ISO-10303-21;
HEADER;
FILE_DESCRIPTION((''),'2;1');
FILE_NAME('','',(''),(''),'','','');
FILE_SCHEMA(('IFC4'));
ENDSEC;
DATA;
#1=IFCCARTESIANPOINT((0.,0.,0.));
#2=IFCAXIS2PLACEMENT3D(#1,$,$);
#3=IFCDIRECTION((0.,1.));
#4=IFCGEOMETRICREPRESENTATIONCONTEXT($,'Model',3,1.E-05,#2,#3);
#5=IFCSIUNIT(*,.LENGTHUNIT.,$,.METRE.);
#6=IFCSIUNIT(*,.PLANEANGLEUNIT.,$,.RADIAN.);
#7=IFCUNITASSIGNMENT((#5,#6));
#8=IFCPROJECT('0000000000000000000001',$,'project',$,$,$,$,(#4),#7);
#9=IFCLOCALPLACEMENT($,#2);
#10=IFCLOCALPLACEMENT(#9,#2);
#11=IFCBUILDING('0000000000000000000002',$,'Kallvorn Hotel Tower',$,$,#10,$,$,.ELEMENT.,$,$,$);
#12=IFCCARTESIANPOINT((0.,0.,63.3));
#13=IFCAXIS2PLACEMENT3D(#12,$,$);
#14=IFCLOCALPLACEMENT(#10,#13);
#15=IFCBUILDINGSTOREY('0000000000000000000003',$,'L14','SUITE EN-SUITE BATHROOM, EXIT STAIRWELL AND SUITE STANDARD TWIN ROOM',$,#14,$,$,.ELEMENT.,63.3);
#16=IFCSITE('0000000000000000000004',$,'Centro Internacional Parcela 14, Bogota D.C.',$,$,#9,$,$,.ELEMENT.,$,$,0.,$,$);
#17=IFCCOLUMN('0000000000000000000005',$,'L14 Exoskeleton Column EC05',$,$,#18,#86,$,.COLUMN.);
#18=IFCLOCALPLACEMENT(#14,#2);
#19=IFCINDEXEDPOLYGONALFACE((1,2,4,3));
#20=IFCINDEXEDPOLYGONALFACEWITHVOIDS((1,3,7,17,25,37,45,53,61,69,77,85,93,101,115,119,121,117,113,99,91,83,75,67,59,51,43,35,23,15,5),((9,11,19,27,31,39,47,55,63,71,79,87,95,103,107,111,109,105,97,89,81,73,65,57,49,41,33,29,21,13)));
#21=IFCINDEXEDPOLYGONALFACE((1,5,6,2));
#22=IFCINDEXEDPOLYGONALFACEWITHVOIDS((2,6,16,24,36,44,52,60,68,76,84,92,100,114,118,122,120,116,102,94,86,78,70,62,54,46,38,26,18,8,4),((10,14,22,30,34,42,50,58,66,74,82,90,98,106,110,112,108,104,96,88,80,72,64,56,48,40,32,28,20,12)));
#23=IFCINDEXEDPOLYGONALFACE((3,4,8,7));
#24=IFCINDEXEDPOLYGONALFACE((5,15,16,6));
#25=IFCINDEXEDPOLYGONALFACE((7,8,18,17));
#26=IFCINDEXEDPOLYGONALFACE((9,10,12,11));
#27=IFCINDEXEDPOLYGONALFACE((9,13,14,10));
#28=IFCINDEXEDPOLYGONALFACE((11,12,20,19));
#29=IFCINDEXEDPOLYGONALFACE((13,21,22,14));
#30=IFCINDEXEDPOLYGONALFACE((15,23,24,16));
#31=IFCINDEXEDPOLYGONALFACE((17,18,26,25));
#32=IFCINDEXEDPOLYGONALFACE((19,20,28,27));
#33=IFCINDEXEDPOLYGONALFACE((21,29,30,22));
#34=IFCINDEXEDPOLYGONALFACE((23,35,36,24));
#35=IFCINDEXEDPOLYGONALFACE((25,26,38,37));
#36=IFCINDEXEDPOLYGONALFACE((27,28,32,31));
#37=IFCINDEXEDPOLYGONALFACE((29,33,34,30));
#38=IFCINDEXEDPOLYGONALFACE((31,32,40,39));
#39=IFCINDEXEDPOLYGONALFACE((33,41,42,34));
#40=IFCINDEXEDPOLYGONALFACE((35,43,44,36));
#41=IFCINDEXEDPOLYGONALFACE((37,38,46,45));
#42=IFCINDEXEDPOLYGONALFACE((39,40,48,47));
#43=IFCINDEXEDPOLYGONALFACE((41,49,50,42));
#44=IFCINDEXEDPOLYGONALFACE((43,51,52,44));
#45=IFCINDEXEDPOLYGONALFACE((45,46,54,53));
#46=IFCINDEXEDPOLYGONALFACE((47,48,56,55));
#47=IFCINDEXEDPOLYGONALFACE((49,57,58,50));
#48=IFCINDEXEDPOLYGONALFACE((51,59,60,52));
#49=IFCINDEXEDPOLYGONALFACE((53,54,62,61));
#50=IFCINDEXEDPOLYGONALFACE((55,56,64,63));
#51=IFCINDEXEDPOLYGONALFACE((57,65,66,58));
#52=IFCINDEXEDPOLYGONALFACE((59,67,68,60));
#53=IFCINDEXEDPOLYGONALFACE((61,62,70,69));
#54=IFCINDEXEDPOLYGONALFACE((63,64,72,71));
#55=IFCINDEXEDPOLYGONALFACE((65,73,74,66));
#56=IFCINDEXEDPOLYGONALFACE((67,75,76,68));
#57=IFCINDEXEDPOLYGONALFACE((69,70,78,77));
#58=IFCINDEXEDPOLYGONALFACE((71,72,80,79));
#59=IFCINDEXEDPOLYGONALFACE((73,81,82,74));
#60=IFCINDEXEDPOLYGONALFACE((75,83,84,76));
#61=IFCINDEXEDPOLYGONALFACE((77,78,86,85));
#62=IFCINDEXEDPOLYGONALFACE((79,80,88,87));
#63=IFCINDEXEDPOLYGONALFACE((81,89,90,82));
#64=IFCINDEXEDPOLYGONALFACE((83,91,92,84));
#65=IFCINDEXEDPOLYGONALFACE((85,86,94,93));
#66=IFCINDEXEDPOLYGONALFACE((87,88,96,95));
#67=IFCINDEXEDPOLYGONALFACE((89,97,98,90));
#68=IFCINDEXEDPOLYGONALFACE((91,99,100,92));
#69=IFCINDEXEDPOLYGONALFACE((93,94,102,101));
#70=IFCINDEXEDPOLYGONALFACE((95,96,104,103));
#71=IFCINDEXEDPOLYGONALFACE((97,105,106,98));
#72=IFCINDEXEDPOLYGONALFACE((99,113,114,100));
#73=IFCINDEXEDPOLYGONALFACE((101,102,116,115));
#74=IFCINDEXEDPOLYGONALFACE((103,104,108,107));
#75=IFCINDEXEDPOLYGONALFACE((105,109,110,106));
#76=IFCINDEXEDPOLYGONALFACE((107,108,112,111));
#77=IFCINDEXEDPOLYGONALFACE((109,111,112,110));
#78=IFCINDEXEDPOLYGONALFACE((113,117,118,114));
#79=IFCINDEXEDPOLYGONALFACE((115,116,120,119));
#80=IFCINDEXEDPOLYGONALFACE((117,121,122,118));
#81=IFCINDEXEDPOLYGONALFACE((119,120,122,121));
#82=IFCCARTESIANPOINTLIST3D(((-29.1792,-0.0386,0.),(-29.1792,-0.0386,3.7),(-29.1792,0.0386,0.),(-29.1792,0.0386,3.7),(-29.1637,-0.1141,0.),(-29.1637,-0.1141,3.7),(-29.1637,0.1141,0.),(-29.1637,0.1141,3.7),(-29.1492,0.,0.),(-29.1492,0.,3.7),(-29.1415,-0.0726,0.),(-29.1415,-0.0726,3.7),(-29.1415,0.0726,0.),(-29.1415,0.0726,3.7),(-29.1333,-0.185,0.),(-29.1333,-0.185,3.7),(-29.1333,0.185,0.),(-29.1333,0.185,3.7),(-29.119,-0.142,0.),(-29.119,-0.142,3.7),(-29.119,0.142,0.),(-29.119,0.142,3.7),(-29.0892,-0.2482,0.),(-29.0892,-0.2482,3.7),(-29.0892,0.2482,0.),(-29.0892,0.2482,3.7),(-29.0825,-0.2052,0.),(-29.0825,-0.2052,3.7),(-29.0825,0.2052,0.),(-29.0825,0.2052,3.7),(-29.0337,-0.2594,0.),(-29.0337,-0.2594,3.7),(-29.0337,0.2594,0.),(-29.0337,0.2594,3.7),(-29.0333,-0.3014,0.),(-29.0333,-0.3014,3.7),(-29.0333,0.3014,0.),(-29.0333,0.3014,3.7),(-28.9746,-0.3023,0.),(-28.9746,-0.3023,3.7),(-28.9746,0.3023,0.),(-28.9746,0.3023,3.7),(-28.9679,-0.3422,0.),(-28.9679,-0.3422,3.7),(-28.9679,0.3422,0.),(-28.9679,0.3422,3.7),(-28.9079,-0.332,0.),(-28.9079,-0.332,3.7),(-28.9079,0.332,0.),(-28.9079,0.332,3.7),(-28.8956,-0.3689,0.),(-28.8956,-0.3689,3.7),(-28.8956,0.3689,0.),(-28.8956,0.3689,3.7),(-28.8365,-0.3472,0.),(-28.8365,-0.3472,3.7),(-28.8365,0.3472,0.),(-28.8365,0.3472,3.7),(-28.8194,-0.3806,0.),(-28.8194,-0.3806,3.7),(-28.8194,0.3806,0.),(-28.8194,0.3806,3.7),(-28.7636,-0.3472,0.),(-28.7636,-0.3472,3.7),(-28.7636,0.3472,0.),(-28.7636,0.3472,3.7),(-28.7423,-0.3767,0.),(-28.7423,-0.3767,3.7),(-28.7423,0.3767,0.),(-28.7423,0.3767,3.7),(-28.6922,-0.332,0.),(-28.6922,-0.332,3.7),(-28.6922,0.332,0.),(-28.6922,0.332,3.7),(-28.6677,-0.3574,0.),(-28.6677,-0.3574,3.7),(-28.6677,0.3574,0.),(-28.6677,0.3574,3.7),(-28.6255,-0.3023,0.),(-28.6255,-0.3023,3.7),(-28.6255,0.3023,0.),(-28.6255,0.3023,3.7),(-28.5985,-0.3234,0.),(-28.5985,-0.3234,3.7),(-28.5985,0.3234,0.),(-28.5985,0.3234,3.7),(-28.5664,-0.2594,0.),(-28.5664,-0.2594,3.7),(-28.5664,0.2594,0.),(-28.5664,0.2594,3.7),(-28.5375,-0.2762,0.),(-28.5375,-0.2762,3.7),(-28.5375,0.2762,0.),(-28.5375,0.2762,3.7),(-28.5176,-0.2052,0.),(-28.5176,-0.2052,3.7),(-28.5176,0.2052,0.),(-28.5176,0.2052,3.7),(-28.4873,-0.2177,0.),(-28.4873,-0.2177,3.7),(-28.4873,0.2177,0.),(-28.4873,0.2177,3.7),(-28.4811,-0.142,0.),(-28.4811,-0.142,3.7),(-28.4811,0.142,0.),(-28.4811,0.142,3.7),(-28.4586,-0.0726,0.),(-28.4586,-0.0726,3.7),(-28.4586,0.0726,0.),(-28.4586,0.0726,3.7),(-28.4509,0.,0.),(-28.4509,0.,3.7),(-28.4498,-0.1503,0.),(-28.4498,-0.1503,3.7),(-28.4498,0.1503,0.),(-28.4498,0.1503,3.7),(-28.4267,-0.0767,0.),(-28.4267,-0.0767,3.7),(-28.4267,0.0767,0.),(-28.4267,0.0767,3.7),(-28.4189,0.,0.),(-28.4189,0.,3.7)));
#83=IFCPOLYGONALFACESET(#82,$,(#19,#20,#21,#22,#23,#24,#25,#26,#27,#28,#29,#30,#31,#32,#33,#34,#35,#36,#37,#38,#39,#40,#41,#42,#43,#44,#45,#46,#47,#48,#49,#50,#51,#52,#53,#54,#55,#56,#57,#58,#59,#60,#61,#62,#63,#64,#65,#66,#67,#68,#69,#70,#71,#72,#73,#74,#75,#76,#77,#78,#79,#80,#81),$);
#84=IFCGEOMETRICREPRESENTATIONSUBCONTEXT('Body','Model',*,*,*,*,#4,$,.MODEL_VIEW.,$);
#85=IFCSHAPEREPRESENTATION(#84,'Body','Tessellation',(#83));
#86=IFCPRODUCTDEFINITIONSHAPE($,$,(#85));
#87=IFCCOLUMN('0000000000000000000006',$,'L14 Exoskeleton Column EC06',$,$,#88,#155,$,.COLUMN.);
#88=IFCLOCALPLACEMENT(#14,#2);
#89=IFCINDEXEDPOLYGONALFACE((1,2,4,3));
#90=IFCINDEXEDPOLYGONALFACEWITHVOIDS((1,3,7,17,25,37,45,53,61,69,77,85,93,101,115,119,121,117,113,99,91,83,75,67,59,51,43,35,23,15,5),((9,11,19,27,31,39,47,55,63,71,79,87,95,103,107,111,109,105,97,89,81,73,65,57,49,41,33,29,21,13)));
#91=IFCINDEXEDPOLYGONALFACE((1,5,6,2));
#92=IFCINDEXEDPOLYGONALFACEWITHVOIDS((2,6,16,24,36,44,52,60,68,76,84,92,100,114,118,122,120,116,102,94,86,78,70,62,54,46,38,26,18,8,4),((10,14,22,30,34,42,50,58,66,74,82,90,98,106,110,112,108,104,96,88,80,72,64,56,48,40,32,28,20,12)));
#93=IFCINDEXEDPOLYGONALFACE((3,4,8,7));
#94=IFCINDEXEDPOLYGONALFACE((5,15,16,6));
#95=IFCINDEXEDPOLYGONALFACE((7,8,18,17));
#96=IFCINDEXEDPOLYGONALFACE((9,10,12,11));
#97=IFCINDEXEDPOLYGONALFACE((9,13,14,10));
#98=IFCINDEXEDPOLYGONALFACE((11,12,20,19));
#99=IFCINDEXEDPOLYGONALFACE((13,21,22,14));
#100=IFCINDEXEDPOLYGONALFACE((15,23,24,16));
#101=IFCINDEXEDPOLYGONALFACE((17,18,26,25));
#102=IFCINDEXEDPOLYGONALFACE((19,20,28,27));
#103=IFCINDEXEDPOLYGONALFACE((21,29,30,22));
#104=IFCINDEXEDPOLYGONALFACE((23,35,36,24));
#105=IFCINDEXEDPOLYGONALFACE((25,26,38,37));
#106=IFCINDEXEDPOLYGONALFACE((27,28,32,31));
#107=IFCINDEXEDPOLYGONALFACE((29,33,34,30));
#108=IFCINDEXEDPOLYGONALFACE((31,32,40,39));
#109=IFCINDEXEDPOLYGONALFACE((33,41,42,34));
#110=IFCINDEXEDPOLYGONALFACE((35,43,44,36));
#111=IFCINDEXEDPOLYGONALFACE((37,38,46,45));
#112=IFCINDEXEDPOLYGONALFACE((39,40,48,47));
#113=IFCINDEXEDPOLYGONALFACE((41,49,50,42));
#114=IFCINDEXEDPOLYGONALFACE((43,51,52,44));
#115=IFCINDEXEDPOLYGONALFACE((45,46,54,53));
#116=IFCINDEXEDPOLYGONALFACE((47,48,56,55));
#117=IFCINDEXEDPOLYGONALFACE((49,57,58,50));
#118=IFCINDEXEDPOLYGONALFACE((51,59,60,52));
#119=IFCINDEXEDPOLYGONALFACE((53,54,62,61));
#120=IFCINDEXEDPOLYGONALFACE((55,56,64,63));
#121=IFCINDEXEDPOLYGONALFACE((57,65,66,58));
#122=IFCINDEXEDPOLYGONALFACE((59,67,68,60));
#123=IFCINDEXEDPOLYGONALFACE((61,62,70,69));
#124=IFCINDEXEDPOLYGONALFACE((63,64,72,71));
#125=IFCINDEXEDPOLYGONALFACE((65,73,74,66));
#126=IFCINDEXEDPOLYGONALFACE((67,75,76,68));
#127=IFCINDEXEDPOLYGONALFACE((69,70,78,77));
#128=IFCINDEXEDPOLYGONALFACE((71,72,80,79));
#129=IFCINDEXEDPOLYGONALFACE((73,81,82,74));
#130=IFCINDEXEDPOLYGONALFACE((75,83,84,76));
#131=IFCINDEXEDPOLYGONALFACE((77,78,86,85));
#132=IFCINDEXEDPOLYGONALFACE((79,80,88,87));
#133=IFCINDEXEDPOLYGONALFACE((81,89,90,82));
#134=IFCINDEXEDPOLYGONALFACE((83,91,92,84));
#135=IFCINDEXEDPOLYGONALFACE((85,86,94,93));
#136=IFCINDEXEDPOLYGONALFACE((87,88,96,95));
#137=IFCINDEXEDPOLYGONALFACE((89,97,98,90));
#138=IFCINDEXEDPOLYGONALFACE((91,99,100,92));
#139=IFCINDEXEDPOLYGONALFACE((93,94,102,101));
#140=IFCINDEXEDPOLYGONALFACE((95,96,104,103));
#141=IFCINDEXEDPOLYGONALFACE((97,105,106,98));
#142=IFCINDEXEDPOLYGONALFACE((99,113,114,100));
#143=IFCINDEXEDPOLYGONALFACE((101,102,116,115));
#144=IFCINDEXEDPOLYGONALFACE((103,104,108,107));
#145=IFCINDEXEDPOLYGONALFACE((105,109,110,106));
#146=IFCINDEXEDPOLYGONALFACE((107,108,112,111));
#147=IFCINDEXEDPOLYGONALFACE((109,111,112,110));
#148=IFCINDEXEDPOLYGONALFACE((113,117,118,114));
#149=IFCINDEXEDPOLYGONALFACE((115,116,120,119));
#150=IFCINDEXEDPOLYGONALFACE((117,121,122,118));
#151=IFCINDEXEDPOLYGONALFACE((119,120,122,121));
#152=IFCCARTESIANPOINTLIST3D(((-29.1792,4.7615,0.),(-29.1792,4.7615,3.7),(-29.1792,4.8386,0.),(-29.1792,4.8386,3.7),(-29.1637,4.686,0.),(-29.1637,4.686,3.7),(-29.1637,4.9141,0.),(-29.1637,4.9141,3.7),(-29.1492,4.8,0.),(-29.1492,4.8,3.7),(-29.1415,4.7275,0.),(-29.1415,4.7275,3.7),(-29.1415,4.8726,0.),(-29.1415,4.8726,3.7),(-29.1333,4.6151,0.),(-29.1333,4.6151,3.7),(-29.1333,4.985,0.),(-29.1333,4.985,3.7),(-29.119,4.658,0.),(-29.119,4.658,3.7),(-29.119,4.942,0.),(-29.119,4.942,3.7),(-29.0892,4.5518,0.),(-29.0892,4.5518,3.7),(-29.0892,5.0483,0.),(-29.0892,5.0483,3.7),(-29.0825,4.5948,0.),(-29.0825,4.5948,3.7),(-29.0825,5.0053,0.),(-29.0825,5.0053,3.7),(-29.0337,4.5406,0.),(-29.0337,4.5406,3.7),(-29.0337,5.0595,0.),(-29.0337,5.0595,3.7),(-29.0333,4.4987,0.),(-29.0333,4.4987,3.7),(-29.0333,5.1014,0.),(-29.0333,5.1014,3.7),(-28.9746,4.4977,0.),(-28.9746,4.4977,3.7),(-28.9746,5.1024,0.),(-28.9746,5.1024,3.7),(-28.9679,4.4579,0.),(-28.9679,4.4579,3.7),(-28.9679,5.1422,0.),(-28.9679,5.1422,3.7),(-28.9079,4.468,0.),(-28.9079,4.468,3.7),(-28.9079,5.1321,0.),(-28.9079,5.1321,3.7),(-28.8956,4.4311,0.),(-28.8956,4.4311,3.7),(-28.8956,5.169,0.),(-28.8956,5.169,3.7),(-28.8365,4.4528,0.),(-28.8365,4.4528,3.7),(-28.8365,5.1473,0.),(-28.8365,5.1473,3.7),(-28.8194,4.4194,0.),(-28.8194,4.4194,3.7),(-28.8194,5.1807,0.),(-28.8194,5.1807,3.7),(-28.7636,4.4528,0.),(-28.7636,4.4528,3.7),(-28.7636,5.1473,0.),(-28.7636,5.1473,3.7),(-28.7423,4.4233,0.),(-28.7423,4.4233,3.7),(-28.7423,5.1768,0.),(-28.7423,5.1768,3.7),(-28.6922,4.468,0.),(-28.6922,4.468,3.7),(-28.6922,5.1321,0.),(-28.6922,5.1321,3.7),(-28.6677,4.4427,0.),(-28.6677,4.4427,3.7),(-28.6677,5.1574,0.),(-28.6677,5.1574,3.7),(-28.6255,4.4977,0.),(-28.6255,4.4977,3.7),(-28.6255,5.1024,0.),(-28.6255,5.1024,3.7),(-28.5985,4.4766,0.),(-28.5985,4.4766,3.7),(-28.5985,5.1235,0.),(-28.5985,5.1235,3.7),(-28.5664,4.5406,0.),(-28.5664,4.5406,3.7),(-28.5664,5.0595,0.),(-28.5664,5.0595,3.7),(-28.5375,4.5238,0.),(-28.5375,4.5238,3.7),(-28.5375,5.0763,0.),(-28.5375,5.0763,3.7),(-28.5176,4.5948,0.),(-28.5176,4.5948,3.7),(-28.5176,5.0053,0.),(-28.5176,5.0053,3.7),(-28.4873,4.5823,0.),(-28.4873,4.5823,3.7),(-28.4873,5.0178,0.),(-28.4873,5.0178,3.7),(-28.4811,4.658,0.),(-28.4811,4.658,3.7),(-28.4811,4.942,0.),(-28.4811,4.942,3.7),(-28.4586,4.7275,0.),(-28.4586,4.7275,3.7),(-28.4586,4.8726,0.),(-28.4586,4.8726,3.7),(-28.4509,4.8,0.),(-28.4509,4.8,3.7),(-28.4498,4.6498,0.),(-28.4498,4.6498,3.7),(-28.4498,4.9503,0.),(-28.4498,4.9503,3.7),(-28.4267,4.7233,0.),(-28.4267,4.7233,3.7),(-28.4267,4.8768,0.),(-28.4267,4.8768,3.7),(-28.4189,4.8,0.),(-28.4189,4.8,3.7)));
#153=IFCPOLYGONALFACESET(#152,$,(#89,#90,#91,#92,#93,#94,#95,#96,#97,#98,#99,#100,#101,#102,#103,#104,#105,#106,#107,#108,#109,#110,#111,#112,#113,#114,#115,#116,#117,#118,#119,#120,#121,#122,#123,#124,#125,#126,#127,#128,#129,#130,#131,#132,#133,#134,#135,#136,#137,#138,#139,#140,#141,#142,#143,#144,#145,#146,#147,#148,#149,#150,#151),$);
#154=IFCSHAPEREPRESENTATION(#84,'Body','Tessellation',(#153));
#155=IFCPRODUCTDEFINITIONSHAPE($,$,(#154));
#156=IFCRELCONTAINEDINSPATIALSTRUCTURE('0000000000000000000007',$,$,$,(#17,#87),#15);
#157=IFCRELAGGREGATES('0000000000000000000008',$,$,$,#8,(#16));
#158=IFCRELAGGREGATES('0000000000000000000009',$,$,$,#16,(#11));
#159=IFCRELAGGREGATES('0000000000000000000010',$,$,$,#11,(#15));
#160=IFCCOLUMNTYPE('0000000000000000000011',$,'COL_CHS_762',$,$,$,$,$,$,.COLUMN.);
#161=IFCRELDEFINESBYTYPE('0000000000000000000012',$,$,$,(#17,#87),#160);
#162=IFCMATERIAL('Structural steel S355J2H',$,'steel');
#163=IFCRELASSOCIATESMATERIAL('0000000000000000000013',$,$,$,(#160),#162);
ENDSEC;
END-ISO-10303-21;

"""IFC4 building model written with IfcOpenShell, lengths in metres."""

from ifc_helpers import new_model, si_unit, direction, frame, origin, origin_2d, place, context, subcontext, project, spatial, hollow_circle, extrude, material, material_profile, profile_set, type_object, element, save


model = new_model("IFC4")

# Units and contexts
model_context = context("Model", 3, precision=1e-05, world=origin(), true_north=direction((0.0, 1.0)))
body_context = subcontext(model_context, "Body", "Model", "MODEL_VIEW")
ifc_project = project(units=[si_unit("LENGTHUNIT", "METRE"), si_unit("PLANEANGLEUNIT", "RADIAN")], contexts=[model_context])

# Site, building, storey
site_placement = place(None, origin())
site = spatial("IfcSite", under=ifc_project, at=site_placement, Name="Centro Internacional Parcela 14, Bogota D.C.", CompositionType="ELEMENT", RefElevation=0.0)
building_placement = place(site_placement, origin())
building = spatial("IfcBuilding", under=site, at=building_placement, Name="Kallvorn Hotel Tower", CompositionType="ELEMENT")
storey_placement = place(building_placement, frame((0.0, 0.0, 63.3)))
storey = spatial("IfcBuildingStorey", under=building, at=storey_placement, Name="L14", Description="SUITE EN-SUITE BATHROOM, EXIT STAIRWELL AND SUITE STANDARD TWIN ROOM", CompositionType="ELEMENT", Elevation=63.3)

# Columns
ifc_material_1 = material(Name="Structural steel S355J2H", Category="steel")
ifc_material_profile_1 = material_profile(ifc_material_1, hollow_circle(Radius=0.3811, WallThickness=0.032, at=origin_2d()), Name="CHS 762x32")
ifc_profile_set_1 = profile_set([ifc_material_profile_1], Name="Structural steel S355J2H")
column_type_1 = type_object("IfcColumnType", Name="COL_CHS_762", PredefinedType="COLUMN", material=ifc_profile_set_1)
for number, where, z_axis, x_axis, name in (
    (1, (-28.8, 0.0, 0.0), (0.0, 0.0, 1.0), (1.0, 0.0, 0.0), "L14 Exoskeleton Column EC05"),
    (2, (-28.8, 4.8, 0.0), (0.0, 0.0, 1.0), (1.0, 0.0, 0.0), "L14 Exoskeleton Column EC06"),
):
    element("IfcColumn", number, at=place(storey_placement, frame(where, z_axis=z_axis, x_axis=x_axis)), inside=storey, type_object=column_type_1, Name=name, PredefinedType="COLUMN", context=body_context, shape_type="SweptSolid", body=[
        extrude(hollow_circle(Radius=0.3811, WallThickness=0.032, at=origin_2d()), origin(), (0.0, 0.0, 1.0), 3.7),
    ])

save(model, "model.ifc")
